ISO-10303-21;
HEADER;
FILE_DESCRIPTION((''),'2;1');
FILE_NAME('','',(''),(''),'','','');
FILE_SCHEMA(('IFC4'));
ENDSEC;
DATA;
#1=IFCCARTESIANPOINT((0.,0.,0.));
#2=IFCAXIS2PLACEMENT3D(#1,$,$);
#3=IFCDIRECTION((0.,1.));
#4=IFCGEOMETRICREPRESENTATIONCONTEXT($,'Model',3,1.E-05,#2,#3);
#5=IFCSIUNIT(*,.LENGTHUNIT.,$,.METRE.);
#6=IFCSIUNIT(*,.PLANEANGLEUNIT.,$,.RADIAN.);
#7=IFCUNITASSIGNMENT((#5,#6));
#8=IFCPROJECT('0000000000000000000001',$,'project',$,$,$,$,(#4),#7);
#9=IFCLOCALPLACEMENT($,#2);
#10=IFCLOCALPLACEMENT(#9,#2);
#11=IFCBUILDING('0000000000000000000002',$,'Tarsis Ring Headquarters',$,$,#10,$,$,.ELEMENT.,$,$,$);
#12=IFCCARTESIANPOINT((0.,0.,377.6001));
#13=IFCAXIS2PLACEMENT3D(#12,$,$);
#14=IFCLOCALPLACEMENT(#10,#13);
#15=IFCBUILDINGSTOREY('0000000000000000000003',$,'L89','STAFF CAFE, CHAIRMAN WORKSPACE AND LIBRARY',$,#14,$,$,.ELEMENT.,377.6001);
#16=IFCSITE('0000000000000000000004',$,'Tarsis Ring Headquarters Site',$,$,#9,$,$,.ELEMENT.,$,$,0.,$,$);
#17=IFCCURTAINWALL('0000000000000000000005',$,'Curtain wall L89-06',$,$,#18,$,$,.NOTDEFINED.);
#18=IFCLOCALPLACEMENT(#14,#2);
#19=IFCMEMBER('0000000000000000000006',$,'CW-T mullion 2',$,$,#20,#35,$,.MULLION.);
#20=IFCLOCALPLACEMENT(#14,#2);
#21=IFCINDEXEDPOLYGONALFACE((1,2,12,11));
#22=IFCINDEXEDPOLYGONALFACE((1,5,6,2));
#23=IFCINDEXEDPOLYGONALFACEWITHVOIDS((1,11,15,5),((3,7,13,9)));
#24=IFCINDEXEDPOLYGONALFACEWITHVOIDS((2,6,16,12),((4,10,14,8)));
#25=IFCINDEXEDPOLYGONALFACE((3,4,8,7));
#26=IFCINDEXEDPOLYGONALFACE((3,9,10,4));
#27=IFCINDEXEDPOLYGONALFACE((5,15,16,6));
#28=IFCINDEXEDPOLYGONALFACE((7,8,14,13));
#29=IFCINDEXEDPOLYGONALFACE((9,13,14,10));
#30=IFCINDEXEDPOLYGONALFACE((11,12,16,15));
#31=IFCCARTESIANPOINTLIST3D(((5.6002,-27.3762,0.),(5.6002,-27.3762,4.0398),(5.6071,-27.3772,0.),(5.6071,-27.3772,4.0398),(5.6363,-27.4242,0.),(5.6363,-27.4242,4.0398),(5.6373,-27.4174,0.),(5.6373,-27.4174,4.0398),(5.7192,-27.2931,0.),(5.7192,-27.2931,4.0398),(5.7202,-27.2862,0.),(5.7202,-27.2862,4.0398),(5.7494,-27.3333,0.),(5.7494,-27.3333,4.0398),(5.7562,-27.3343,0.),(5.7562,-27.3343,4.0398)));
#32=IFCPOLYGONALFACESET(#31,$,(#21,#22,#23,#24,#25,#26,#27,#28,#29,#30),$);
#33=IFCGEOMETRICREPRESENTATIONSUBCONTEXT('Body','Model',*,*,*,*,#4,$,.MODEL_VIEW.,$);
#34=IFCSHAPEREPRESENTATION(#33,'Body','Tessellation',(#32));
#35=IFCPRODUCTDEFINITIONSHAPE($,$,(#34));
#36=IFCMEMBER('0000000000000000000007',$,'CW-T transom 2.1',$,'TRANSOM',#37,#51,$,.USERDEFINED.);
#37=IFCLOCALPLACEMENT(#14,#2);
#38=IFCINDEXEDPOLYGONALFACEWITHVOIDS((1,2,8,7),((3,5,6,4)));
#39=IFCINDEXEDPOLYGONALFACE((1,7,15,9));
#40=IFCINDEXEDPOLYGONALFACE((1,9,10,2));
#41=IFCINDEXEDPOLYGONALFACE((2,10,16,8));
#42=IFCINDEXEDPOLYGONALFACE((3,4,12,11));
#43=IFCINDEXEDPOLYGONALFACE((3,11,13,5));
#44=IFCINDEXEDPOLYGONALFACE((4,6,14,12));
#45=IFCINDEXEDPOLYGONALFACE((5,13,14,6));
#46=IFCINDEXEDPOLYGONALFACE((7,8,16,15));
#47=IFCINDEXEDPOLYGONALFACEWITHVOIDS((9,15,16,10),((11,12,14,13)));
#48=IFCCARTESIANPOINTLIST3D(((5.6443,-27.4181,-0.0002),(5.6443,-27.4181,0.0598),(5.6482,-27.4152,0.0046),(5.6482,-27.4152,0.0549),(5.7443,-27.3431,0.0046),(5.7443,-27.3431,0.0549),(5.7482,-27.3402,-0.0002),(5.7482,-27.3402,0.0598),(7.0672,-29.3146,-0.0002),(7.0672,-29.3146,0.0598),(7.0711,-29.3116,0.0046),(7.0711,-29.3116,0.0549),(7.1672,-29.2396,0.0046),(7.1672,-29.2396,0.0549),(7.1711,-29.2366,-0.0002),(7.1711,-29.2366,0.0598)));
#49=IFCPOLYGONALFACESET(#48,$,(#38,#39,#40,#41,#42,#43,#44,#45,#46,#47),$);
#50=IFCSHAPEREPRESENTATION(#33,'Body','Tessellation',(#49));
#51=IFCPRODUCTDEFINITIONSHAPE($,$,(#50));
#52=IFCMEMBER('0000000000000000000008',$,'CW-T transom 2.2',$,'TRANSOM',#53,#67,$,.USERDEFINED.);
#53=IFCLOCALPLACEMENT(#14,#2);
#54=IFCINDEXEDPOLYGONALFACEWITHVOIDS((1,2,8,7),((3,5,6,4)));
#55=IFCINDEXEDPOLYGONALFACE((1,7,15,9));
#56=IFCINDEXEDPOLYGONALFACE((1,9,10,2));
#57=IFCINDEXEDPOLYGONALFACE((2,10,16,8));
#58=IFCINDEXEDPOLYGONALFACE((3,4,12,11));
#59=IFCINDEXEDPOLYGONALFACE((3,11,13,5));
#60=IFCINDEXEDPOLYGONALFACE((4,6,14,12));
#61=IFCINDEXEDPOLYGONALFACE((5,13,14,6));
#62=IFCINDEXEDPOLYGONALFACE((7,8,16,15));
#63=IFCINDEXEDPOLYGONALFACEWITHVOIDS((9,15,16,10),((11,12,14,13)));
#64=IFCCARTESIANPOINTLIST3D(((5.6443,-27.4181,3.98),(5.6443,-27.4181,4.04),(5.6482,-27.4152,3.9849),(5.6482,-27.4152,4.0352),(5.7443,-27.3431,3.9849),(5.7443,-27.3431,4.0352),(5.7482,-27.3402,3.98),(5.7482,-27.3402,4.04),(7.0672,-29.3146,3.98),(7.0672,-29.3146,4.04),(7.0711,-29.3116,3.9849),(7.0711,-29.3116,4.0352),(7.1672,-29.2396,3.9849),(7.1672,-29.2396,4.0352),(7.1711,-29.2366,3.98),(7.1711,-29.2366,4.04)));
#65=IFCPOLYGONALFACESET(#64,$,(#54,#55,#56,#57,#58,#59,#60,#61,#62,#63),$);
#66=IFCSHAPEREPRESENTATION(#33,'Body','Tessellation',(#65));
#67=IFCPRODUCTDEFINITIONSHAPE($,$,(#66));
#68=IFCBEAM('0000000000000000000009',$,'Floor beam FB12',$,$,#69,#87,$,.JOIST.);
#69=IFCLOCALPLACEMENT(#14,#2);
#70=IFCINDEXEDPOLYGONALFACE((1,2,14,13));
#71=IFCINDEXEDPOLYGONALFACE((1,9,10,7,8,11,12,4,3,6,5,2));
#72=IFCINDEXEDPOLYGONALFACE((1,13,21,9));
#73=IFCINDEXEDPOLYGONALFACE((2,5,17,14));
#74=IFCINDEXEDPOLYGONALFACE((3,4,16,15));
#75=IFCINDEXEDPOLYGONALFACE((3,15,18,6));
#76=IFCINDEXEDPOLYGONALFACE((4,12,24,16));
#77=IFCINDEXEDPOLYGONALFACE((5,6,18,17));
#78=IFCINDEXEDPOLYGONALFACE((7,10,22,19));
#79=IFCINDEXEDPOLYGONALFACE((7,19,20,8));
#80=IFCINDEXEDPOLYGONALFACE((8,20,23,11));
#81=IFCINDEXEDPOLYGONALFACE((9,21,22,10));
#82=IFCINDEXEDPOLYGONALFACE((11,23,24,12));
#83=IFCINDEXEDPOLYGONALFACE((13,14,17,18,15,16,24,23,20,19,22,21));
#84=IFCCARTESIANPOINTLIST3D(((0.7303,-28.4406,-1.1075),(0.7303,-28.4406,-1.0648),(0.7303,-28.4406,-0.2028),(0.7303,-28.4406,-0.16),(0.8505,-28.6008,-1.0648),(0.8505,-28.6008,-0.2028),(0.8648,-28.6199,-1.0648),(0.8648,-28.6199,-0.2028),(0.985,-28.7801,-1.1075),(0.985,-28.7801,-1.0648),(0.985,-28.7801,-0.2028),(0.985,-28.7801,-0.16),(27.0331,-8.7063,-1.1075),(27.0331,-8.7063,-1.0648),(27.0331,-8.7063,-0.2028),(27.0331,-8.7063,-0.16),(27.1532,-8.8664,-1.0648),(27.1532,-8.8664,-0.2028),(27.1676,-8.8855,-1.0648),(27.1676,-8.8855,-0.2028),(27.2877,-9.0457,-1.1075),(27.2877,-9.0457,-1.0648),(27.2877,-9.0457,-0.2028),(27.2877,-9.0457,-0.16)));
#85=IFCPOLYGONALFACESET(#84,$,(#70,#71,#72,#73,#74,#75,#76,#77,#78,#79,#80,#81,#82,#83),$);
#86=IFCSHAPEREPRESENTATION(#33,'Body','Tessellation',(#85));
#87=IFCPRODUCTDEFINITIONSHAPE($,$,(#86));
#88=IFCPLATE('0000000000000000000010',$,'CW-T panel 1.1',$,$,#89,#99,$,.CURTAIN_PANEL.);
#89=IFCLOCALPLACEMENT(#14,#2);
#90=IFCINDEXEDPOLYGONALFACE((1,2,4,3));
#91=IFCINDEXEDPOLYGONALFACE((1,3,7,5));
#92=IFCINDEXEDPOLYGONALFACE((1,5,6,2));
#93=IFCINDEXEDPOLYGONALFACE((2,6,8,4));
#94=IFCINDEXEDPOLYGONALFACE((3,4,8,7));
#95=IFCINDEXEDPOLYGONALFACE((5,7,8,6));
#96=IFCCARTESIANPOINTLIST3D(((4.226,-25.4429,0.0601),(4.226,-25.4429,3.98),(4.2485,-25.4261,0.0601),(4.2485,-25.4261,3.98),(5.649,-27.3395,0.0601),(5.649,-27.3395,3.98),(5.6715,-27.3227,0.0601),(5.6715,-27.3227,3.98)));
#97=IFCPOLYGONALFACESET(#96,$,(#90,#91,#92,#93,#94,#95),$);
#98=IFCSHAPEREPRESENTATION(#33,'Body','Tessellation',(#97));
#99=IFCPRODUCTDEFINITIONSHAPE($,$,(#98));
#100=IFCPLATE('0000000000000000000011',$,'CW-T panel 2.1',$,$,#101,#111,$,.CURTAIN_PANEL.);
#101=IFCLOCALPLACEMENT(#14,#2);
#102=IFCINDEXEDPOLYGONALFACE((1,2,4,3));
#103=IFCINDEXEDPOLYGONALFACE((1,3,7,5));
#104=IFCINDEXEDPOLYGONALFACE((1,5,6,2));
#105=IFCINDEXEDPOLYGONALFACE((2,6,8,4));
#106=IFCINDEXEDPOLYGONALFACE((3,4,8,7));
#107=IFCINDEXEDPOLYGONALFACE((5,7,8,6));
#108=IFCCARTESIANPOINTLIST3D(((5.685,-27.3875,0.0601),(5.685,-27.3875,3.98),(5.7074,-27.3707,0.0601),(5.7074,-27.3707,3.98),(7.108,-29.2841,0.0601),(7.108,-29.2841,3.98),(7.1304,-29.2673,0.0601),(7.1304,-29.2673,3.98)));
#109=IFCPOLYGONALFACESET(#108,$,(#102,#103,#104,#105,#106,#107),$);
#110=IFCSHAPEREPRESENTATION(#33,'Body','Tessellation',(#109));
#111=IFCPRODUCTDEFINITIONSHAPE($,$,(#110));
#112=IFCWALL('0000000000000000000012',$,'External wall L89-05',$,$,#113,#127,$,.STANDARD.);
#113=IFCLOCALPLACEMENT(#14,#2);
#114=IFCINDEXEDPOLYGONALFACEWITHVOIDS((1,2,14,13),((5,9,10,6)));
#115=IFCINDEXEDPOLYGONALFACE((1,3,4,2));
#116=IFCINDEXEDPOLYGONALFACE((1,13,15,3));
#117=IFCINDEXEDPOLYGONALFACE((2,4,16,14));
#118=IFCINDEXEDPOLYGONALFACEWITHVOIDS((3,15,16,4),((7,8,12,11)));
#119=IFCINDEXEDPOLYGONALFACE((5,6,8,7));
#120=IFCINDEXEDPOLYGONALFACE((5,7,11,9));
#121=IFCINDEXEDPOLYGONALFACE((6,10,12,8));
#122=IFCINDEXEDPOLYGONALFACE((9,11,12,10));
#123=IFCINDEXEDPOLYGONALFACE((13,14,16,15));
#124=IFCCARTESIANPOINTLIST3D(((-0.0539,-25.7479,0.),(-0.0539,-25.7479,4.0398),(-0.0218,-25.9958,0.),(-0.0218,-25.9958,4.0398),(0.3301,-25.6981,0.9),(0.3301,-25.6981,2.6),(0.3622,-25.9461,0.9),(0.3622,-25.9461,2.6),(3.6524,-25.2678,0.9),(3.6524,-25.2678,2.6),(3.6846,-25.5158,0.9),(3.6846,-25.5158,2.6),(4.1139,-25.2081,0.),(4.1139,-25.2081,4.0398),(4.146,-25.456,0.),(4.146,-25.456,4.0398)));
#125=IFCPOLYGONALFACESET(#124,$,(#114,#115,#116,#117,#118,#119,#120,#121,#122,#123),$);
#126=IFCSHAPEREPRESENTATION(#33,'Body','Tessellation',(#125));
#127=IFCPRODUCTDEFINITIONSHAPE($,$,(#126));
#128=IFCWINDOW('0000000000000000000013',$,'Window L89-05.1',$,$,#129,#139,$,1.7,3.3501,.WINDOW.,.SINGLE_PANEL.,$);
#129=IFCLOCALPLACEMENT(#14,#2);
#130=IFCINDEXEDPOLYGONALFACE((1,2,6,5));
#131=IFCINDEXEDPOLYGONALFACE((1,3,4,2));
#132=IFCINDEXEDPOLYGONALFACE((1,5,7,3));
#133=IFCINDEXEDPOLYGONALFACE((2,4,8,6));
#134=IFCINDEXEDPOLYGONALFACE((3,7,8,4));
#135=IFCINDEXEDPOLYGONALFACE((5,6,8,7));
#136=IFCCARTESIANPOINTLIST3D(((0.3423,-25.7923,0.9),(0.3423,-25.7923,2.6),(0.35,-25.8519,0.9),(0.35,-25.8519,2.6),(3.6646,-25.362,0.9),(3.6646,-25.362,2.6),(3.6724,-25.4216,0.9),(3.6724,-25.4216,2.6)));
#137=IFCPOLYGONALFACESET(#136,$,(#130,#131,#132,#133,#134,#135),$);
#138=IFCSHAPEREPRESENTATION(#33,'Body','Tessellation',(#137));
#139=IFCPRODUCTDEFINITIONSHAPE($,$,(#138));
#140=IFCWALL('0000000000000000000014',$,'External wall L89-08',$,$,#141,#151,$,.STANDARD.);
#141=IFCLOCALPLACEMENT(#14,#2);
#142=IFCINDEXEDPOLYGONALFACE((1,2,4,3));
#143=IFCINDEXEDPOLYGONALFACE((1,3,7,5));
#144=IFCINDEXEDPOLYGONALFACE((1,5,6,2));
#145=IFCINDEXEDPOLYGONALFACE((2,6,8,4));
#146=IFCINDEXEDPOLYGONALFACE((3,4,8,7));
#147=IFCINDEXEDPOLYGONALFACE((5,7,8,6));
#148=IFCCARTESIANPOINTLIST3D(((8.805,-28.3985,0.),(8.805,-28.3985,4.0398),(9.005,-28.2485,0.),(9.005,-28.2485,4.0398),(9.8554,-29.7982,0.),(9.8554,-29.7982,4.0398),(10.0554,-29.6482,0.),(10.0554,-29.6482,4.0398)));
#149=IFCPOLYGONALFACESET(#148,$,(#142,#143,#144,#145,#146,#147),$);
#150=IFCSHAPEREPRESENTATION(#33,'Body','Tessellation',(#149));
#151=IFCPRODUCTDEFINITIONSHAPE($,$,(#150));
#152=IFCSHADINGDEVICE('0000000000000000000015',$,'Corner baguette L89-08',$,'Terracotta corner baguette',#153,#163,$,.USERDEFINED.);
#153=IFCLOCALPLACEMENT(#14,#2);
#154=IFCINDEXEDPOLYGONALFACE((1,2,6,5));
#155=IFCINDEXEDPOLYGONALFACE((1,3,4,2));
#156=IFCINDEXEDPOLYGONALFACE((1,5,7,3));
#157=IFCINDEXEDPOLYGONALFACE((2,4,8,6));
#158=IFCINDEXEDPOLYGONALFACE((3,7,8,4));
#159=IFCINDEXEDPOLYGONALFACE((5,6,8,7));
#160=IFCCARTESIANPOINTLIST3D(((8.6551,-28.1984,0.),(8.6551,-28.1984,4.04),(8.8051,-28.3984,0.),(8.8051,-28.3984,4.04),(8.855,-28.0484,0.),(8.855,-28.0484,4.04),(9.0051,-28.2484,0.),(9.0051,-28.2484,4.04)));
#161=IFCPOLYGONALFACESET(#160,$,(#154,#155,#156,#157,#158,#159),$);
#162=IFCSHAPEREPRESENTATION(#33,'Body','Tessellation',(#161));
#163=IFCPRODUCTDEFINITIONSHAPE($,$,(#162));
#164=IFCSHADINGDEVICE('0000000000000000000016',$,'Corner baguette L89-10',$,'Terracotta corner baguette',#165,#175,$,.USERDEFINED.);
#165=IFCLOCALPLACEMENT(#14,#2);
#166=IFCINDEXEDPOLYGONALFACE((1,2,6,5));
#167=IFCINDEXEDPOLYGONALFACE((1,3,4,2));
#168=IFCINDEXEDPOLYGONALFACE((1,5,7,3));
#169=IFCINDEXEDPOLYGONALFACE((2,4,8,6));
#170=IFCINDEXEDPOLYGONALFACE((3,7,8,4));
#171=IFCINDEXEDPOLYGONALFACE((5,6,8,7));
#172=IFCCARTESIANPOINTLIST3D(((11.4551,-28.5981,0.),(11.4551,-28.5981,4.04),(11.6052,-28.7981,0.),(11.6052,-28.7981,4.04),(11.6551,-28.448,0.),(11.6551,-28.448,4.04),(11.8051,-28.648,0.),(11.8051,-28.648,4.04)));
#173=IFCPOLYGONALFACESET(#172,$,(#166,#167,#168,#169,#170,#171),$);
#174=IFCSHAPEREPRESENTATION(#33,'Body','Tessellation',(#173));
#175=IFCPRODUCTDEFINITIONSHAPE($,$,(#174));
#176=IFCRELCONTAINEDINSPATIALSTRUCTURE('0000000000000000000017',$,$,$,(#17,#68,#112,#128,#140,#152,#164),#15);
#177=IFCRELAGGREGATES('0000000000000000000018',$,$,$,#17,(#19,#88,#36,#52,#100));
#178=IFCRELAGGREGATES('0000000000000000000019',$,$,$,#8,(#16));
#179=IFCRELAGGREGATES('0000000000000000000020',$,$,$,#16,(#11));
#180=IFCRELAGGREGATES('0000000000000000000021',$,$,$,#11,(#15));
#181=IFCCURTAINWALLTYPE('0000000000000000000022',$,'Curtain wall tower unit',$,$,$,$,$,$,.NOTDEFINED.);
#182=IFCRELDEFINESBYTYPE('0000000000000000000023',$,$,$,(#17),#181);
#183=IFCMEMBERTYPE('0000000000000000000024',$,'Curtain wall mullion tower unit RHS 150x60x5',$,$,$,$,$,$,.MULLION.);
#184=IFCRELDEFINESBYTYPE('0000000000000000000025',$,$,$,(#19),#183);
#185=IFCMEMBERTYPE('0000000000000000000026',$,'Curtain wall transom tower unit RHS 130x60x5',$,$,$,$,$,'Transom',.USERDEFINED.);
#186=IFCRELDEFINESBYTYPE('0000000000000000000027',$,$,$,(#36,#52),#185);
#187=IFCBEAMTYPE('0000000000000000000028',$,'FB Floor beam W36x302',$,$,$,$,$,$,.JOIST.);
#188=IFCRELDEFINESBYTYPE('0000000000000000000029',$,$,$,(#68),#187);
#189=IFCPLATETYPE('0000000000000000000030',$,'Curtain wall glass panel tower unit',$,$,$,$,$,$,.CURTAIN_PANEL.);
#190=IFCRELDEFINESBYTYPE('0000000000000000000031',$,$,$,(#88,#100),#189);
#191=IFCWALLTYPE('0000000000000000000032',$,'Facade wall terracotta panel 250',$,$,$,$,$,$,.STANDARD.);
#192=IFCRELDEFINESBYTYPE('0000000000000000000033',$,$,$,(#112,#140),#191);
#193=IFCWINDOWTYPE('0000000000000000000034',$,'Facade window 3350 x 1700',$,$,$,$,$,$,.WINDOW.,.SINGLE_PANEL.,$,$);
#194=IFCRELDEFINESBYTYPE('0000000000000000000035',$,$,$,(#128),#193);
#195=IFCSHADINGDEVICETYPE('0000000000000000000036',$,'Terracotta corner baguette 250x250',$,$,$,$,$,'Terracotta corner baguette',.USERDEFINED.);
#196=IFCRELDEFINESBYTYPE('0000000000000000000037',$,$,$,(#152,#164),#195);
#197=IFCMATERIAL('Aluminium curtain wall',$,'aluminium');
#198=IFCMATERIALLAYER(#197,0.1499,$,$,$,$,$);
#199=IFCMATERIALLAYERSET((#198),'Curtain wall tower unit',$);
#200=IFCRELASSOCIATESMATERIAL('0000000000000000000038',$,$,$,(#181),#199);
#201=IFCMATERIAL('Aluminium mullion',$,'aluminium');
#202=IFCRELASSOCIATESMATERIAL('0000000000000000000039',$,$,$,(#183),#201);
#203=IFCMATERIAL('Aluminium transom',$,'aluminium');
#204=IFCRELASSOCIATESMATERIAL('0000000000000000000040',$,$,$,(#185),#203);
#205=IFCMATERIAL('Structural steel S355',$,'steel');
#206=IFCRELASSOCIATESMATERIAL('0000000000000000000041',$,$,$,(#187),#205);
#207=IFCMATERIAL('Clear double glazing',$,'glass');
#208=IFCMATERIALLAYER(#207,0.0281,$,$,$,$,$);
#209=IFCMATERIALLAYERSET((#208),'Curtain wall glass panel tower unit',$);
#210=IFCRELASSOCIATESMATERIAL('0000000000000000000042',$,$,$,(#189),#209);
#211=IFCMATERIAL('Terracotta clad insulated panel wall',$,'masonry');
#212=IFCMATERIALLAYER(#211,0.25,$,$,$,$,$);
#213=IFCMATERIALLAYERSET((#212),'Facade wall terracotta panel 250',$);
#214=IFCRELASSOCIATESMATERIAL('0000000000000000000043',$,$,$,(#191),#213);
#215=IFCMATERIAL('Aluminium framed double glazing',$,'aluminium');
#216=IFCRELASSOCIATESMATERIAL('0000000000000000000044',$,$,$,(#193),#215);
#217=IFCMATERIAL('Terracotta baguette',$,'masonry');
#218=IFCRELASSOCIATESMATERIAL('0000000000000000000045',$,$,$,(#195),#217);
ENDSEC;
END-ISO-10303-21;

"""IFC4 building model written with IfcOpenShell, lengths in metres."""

from ifc_helpers import new_model, si_unit, direction, frame, frame_2d, origin, origin_2d, place, context, subcontext, project, spatial, rectangle, hollow_rectangle, i_section, extrude, material, layer, layer_set, material_profile, profile_set, type_object, element, fill, aggregate, save


model = new_model("IFC4")

# Units and contexts
model_context = context("Model", 3, precision=1e-05, world=origin(), true_north=direction((0.0, 1.0)))
body_context = subcontext(model_context, "Body", "Model", "MODEL_VIEW")
ifc_project = project(units=[si_unit("LENGTHUNIT", "METRE"), si_unit("PLANEANGLEUNIT", "RADIAN")], contexts=[model_context])

# Site, building, storey
site_placement = place(None, origin())
site = spatial("IfcSite", under=ifc_project, at=site_placement, Name="Tarsis Ring Headquarters Site", CompositionType="ELEMENT", RefElevation=0.0)
building_placement = place(site_placement, origin())
building = spatial("IfcBuilding", under=site, at=building_placement, Name="Tarsis Ring Headquarters", CompositionType="ELEMENT")
storey_placement = place(building_placement, frame((0.0, 0.0, 377.6001)))
storey = spatial("IfcBuildingStorey", under=building, at=storey_placement, Name="L89", Description="STAFF CAFE, CHAIRMAN WORKSPACE AND LIBRARY", CompositionType="ELEMENT", Elevation=377.6001)

# Curtain wall, members
ifc_material_1 = material(Name="Aluminium curtain wall", Category="aluminium")
ifc_layer_1 = layer(ifc_material_1, 0.1499)
ifc_layer_set_1 = layer_set([ifc_layer_1], Name="Curtain wall tower unit")
curtain_wall_type = type_object("IfcCurtainWallType", Name="Curtain wall tower unit", PredefinedType="NOTDEFINED", material=ifc_layer_set_1)
curtain_wall_placement = place(storey_placement, origin())
curtain_wall = element("IfcCurtainWall", 1, at=curtain_wall_placement, inside=storey, type_object=curtain_wall_type, Name="Curtain wall L89-06", PredefinedType="NOTDEFINED")
ifc_material_2 = material(Name="Aluminium mullion", Category="aluminium")
ifc_material_profile_1 = material_profile(ifc_material_2, hollow_rectangle(XDim=0.1499, YDim=0.0601, WallThickness=0.0049, at=origin_2d()), Name="RHS 150x60x5")
ifc_profile_set_1 = profile_set([ifc_material_profile_1], Name="Aluminium mullion")
member_type_1 = type_object("IfcMemberType", Name="Curtain wall mullion tower unit RHS 150x60x5", PredefinedType="MULLION", material=ifc_profile_set_1)
member_1_placement = place(storey_placement, frame((5.6782, -27.3552, 0.0), z_axis=(0.0, 0.0, 1.0), x_axis=(0.799894, 0.600141, 0.0)))
member_1 = element("IfcMember", 2, at=member_1_placement, type_object=member_type_1, Name="CW-T mullion 2", PredefinedType="MULLION", context=body_context, shape_type="SweptSolid", body=[
    extrude(hollow_rectangle(XDim=0.1499, YDim=0.0601, WallThickness=0.0049, at=origin_2d()), origin(), (0.0, 0.0, 1.0), 4.0398),
])
ifc_material_3 = material(Name="Aluminium transom", Category="aluminium")
ifc_material_profile_2 = material_profile(ifc_material_3, hollow_rectangle(XDim=0.1299, YDim=0.0601, WallThickness=0.0049, at=origin_2d()), Name="RHS 130x60x5")
ifc_profile_set_2 = profile_set([ifc_material_profile_2], Name="Aluminium transom")
member_type_2 = type_object("IfcMemberType", Name="Curtain wall transom tower unit RHS 130x60x5", ElementType="Transom", PredefinedType="USERDEFINED", material=ifc_profile_set_2)
member_2_placement = place(storey_placement, frame((5.6963, -27.3792, 0.0298), z_axis=(0.600132, -0.799901, 0.0), x_axis=(0.799901, 0.600132, 0.0)))
member_2 = element("IfcMember", 3, at=member_2_placement, type_object=member_type_2, Name="CW-T transom 2.1", ObjectType="TRANSOM", PredefinedType="USERDEFINED", context=body_context, shape_type="SweptSolid", body=[
    extrude(hollow_rectangle(XDim=0.1299, YDim=0.0601, WallThickness=0.0049, at=origin_2d()), origin(), (0.0, 0.0, 1.0), 2.3708),
])
member_3_placement = place(storey_placement, frame((5.6963, -27.3792, 4.01), z_axis=(0.600132, -0.799901, 0.0), x_axis=(0.799901, 0.600132, 0.0)))
member_3 = element("IfcMember", 4, at=member_3_placement, type_object=member_type_2, Name="CW-T transom 2.2", ObjectType="TRANSOM", PredefinedType="USERDEFINED", context=body_context, shape_type="SweptSolid", body=[
    extrude(hollow_rectangle(XDim=0.1299, YDim=0.0601, WallThickness=0.0049, at=origin_2d()), origin(), (0.0, 0.0, 1.0), 2.3708),
])

# Beam
ifc_material_4 = material(Name="Structural steel S355", Category="steel")
ifc_material_profile_3 = material_profile(ifc_material_4, i_section(OverallWidth=0.4243, OverallDepth=0.9475, WebThickness=0.0239, FlangeThickness=0.0427, at=origin_2d()), Name="W36x302")
ifc_profile_set_3 = profile_set([ifc_material_profile_3], Name="Structural steel S355")
beam_type = type_object("IfcBeamType", Name="FB Floor beam W36x302", PredefinedType="JOIST", material=ifc_profile_set_3)
beam_placement = place(storey_placement, frame((0.8577, -28.6104, -0.6338), z_axis=(0.799893, 0.600143, 0.0), x_axis=(-0.600143, 0.799893, 0.0)))
element("IfcBeam", 5, at=beam_placement, inside=storey, type_object=beam_type, Name="Floor beam FB12", PredefinedType="JOIST", context=body_context, shape_type="SweptSolid", body=[
    extrude(i_section(OverallWidth=0.4243, OverallDepth=0.9475, WebThickness=0.0239, FlangeThickness=0.0427, at=origin_2d()), origin(), (0.0, 0.0, 1.0), 32.8828),
])

# Plates
ifc_material_5 = material(Name="Clear double glazing", Category="glass")
ifc_layer_2 = layer(ifc_material_5, 0.0281)
ifc_layer_set_2 = layer_set([ifc_layer_2], Name="Curtain wall glass panel tower unit")
plate_type = type_object("IfcPlateType", Name="Curtain wall glass panel tower unit", PredefinedType="CURTAIN_PANEL", material=ifc_layer_set_2)
plate_1_placement = place(storey_placement, frame((4.9487, -26.3828, 0.0601), z_axis=(0.0, 0.0, 1.0), x_axis=(0.600141, -0.799894, 0.0)))
plate_1 = element("IfcPlate", 6, at=plate_1_placement, type_object=plate_type, Name="CW-T panel 1.1", PredefinedType="CURTAIN_PANEL", context=body_context, shape_type="SweptSolid", body=[
    extrude(rectangle(XDim=2.3711, YDim=0.0281, at=origin_2d()), origin(), (0.0, 0.0, 1.0), 3.9199),
])
plate_2_placement = place(storey_placement, frame((6.4077, -28.3274, 0.0601), z_axis=(0.0, 0.0, 1.0), x_axis=(0.600141, -0.799894, 0.0)))
plate_2 = element("IfcPlate", 7, at=plate_2_placement, type_object=plate_type, Name="CW-T panel 2.1", PredefinedType="CURTAIN_PANEL", context=body_context, shape_type="SweptSolid", body=[
    extrude(rectangle(XDim=2.3711, YDim=0.0281, at=origin_2d()), origin(), (0.0, 0.0, 1.0), 3.9199),
])
aggregate(curtain_wall, [member_1, plate_1, member_2, member_3, plate_2])

# Wall, opening, window
ifc_material_6 = material(Name="Terracotta clad insulated panel wall", Category="masonry")
ifc_layer_3 = layer(ifc_material_6, 0.25)
ifc_layer_set_3 = layer_set([ifc_layer_3], Name="Facade wall terracotta panel 250")
wall_type = type_object("IfcWallType", Name="Facade wall terracotta panel 250", PredefinedType="STANDARD", material=ifc_layer_set_3)
wall_1_placement = place(storey_placement, frame((-0.0378, -25.8718, 0.0), z_axis=(0.0, 0.0, 1.0), x_axis=(0.991717, 0.128445, 0.0)))
wall_1 = element("IfcWall", 8, at=wall_1_placement, inside=storey, type_object=wall_type, Name="External wall L89-05", PredefinedType="STANDARD", context=body_context, shape_type="SweptSolid", body=[
    extrude(rectangle(XDim=4.2026, YDim=0.25, at=frame_2d((2.1013, 0.0))), origin(), (0.0, 0.0, 1.0), 4.0398),
])
opening_placement = place(wall_1_placement, frame((0.3872, 0.0, 0.8999)))
opening = element("IfcOpeningElement", 9, at=opening_placement, cuts=wall_1, PredefinedType="OPENING", context=body_context, shape_type="SweptSolid", body=[
    extrude(rectangle(XDim=3.3501, YDim=1.7, at=frame_2d((1.675, 0.8501))), frame((0.0, 0.135, 0.0), z_axis=(0.0, -1.0, 0.0), x_axis=(1.0, 0.0, 0.0)), (0.0, 0.0, 1.0), 0.27),
])
ifc_material_7 = material(Name="Aluminium framed double glazing", Category="aluminium")
window_type = type_object("IfcWindowType", Name="Facade window 3350 x 1700", PartitioningType="SINGLE_PANEL", PredefinedType="WINDOW", material=ifc_material_7)
window_placement = place(opening_placement, origin())
window = element("IfcWindow", 10, at=window_placement, inside=storey, type_object=window_type, Name="Window L89-05.1", OverallHeight=1.7, OverallWidth=3.3501, PartitioningType="SINGLE_PANEL", PredefinedType="WINDOW", context=body_context, shape_type="SweptSolid", body=[
    extrude(rectangle(XDim=3.3501, YDim=1.7, at=frame_2d((1.675, 0.8501))), frame((0.0, 0.03, 0.0), z_axis=(0.0, -1.0, 0.0), x_axis=(1.0, 0.0, 0.0)), (0.0, 0.0, 1.0), 0.0601),
])
fill(opening, window)

# Wall
wall_2_placement = place(storey_placement, frame((8.905, -28.3235, 0.0), z_axis=(0.0, 0.0, 1.0), x_axis=(0.600201, -0.799849, 0.0)))
element("IfcWall", 11, at=wall_2_placement, inside=storey, type_object=wall_type, Name="External wall L89-08", PredefinedType="STANDARD", context=body_context, shape_type="SweptSolid", body=[
    extrude(rectangle(XDim=1.75, YDim=0.25, at=frame_2d((0.875, 0.0))), origin(), (0.0, 0.0, 1.0), 4.0398),
])

# Shading devices
ifc_material_8 = material(Name="Terracotta baguette", Category="masonry")
shading_device_type = type_object("IfcShadingDeviceType", Name="Terracotta corner baguette 250x250", ElementType="Terracotta corner baguette", PredefinedType="USERDEFINED", material=ifc_material_8)
for number, where, z_axis, x_axis, name in (
    (12, (8.8301, -28.2234, 0.0), (0.0, 0.0, 1.0), (0.799894, 0.600141, 0.0), "Corner baguette L89-08"),
    (13, (11.6301, -28.623, 0.0), (0.0, 0.0, 1.0), (0.799894, 0.600141, 0.0), "Corner baguette L89-10"),
):
    element("IfcShadingDevice", number, at=place(storey_placement, frame(where, z_axis=z_axis, x_axis=x_axis)), inside=storey, type_object=shading_device_type, Name=name, ObjectType="Terracotta corner baguette", PredefinedType="USERDEFINED", context=body_context, shape_type="SweptSolid", body=[
        extrude(rectangle(XDim=0.25, YDim=0.25, at=origin_2d()), origin(), (0.0, 0.0, 1.0), 4.04),
    ])

save(model, "model.ifc")
